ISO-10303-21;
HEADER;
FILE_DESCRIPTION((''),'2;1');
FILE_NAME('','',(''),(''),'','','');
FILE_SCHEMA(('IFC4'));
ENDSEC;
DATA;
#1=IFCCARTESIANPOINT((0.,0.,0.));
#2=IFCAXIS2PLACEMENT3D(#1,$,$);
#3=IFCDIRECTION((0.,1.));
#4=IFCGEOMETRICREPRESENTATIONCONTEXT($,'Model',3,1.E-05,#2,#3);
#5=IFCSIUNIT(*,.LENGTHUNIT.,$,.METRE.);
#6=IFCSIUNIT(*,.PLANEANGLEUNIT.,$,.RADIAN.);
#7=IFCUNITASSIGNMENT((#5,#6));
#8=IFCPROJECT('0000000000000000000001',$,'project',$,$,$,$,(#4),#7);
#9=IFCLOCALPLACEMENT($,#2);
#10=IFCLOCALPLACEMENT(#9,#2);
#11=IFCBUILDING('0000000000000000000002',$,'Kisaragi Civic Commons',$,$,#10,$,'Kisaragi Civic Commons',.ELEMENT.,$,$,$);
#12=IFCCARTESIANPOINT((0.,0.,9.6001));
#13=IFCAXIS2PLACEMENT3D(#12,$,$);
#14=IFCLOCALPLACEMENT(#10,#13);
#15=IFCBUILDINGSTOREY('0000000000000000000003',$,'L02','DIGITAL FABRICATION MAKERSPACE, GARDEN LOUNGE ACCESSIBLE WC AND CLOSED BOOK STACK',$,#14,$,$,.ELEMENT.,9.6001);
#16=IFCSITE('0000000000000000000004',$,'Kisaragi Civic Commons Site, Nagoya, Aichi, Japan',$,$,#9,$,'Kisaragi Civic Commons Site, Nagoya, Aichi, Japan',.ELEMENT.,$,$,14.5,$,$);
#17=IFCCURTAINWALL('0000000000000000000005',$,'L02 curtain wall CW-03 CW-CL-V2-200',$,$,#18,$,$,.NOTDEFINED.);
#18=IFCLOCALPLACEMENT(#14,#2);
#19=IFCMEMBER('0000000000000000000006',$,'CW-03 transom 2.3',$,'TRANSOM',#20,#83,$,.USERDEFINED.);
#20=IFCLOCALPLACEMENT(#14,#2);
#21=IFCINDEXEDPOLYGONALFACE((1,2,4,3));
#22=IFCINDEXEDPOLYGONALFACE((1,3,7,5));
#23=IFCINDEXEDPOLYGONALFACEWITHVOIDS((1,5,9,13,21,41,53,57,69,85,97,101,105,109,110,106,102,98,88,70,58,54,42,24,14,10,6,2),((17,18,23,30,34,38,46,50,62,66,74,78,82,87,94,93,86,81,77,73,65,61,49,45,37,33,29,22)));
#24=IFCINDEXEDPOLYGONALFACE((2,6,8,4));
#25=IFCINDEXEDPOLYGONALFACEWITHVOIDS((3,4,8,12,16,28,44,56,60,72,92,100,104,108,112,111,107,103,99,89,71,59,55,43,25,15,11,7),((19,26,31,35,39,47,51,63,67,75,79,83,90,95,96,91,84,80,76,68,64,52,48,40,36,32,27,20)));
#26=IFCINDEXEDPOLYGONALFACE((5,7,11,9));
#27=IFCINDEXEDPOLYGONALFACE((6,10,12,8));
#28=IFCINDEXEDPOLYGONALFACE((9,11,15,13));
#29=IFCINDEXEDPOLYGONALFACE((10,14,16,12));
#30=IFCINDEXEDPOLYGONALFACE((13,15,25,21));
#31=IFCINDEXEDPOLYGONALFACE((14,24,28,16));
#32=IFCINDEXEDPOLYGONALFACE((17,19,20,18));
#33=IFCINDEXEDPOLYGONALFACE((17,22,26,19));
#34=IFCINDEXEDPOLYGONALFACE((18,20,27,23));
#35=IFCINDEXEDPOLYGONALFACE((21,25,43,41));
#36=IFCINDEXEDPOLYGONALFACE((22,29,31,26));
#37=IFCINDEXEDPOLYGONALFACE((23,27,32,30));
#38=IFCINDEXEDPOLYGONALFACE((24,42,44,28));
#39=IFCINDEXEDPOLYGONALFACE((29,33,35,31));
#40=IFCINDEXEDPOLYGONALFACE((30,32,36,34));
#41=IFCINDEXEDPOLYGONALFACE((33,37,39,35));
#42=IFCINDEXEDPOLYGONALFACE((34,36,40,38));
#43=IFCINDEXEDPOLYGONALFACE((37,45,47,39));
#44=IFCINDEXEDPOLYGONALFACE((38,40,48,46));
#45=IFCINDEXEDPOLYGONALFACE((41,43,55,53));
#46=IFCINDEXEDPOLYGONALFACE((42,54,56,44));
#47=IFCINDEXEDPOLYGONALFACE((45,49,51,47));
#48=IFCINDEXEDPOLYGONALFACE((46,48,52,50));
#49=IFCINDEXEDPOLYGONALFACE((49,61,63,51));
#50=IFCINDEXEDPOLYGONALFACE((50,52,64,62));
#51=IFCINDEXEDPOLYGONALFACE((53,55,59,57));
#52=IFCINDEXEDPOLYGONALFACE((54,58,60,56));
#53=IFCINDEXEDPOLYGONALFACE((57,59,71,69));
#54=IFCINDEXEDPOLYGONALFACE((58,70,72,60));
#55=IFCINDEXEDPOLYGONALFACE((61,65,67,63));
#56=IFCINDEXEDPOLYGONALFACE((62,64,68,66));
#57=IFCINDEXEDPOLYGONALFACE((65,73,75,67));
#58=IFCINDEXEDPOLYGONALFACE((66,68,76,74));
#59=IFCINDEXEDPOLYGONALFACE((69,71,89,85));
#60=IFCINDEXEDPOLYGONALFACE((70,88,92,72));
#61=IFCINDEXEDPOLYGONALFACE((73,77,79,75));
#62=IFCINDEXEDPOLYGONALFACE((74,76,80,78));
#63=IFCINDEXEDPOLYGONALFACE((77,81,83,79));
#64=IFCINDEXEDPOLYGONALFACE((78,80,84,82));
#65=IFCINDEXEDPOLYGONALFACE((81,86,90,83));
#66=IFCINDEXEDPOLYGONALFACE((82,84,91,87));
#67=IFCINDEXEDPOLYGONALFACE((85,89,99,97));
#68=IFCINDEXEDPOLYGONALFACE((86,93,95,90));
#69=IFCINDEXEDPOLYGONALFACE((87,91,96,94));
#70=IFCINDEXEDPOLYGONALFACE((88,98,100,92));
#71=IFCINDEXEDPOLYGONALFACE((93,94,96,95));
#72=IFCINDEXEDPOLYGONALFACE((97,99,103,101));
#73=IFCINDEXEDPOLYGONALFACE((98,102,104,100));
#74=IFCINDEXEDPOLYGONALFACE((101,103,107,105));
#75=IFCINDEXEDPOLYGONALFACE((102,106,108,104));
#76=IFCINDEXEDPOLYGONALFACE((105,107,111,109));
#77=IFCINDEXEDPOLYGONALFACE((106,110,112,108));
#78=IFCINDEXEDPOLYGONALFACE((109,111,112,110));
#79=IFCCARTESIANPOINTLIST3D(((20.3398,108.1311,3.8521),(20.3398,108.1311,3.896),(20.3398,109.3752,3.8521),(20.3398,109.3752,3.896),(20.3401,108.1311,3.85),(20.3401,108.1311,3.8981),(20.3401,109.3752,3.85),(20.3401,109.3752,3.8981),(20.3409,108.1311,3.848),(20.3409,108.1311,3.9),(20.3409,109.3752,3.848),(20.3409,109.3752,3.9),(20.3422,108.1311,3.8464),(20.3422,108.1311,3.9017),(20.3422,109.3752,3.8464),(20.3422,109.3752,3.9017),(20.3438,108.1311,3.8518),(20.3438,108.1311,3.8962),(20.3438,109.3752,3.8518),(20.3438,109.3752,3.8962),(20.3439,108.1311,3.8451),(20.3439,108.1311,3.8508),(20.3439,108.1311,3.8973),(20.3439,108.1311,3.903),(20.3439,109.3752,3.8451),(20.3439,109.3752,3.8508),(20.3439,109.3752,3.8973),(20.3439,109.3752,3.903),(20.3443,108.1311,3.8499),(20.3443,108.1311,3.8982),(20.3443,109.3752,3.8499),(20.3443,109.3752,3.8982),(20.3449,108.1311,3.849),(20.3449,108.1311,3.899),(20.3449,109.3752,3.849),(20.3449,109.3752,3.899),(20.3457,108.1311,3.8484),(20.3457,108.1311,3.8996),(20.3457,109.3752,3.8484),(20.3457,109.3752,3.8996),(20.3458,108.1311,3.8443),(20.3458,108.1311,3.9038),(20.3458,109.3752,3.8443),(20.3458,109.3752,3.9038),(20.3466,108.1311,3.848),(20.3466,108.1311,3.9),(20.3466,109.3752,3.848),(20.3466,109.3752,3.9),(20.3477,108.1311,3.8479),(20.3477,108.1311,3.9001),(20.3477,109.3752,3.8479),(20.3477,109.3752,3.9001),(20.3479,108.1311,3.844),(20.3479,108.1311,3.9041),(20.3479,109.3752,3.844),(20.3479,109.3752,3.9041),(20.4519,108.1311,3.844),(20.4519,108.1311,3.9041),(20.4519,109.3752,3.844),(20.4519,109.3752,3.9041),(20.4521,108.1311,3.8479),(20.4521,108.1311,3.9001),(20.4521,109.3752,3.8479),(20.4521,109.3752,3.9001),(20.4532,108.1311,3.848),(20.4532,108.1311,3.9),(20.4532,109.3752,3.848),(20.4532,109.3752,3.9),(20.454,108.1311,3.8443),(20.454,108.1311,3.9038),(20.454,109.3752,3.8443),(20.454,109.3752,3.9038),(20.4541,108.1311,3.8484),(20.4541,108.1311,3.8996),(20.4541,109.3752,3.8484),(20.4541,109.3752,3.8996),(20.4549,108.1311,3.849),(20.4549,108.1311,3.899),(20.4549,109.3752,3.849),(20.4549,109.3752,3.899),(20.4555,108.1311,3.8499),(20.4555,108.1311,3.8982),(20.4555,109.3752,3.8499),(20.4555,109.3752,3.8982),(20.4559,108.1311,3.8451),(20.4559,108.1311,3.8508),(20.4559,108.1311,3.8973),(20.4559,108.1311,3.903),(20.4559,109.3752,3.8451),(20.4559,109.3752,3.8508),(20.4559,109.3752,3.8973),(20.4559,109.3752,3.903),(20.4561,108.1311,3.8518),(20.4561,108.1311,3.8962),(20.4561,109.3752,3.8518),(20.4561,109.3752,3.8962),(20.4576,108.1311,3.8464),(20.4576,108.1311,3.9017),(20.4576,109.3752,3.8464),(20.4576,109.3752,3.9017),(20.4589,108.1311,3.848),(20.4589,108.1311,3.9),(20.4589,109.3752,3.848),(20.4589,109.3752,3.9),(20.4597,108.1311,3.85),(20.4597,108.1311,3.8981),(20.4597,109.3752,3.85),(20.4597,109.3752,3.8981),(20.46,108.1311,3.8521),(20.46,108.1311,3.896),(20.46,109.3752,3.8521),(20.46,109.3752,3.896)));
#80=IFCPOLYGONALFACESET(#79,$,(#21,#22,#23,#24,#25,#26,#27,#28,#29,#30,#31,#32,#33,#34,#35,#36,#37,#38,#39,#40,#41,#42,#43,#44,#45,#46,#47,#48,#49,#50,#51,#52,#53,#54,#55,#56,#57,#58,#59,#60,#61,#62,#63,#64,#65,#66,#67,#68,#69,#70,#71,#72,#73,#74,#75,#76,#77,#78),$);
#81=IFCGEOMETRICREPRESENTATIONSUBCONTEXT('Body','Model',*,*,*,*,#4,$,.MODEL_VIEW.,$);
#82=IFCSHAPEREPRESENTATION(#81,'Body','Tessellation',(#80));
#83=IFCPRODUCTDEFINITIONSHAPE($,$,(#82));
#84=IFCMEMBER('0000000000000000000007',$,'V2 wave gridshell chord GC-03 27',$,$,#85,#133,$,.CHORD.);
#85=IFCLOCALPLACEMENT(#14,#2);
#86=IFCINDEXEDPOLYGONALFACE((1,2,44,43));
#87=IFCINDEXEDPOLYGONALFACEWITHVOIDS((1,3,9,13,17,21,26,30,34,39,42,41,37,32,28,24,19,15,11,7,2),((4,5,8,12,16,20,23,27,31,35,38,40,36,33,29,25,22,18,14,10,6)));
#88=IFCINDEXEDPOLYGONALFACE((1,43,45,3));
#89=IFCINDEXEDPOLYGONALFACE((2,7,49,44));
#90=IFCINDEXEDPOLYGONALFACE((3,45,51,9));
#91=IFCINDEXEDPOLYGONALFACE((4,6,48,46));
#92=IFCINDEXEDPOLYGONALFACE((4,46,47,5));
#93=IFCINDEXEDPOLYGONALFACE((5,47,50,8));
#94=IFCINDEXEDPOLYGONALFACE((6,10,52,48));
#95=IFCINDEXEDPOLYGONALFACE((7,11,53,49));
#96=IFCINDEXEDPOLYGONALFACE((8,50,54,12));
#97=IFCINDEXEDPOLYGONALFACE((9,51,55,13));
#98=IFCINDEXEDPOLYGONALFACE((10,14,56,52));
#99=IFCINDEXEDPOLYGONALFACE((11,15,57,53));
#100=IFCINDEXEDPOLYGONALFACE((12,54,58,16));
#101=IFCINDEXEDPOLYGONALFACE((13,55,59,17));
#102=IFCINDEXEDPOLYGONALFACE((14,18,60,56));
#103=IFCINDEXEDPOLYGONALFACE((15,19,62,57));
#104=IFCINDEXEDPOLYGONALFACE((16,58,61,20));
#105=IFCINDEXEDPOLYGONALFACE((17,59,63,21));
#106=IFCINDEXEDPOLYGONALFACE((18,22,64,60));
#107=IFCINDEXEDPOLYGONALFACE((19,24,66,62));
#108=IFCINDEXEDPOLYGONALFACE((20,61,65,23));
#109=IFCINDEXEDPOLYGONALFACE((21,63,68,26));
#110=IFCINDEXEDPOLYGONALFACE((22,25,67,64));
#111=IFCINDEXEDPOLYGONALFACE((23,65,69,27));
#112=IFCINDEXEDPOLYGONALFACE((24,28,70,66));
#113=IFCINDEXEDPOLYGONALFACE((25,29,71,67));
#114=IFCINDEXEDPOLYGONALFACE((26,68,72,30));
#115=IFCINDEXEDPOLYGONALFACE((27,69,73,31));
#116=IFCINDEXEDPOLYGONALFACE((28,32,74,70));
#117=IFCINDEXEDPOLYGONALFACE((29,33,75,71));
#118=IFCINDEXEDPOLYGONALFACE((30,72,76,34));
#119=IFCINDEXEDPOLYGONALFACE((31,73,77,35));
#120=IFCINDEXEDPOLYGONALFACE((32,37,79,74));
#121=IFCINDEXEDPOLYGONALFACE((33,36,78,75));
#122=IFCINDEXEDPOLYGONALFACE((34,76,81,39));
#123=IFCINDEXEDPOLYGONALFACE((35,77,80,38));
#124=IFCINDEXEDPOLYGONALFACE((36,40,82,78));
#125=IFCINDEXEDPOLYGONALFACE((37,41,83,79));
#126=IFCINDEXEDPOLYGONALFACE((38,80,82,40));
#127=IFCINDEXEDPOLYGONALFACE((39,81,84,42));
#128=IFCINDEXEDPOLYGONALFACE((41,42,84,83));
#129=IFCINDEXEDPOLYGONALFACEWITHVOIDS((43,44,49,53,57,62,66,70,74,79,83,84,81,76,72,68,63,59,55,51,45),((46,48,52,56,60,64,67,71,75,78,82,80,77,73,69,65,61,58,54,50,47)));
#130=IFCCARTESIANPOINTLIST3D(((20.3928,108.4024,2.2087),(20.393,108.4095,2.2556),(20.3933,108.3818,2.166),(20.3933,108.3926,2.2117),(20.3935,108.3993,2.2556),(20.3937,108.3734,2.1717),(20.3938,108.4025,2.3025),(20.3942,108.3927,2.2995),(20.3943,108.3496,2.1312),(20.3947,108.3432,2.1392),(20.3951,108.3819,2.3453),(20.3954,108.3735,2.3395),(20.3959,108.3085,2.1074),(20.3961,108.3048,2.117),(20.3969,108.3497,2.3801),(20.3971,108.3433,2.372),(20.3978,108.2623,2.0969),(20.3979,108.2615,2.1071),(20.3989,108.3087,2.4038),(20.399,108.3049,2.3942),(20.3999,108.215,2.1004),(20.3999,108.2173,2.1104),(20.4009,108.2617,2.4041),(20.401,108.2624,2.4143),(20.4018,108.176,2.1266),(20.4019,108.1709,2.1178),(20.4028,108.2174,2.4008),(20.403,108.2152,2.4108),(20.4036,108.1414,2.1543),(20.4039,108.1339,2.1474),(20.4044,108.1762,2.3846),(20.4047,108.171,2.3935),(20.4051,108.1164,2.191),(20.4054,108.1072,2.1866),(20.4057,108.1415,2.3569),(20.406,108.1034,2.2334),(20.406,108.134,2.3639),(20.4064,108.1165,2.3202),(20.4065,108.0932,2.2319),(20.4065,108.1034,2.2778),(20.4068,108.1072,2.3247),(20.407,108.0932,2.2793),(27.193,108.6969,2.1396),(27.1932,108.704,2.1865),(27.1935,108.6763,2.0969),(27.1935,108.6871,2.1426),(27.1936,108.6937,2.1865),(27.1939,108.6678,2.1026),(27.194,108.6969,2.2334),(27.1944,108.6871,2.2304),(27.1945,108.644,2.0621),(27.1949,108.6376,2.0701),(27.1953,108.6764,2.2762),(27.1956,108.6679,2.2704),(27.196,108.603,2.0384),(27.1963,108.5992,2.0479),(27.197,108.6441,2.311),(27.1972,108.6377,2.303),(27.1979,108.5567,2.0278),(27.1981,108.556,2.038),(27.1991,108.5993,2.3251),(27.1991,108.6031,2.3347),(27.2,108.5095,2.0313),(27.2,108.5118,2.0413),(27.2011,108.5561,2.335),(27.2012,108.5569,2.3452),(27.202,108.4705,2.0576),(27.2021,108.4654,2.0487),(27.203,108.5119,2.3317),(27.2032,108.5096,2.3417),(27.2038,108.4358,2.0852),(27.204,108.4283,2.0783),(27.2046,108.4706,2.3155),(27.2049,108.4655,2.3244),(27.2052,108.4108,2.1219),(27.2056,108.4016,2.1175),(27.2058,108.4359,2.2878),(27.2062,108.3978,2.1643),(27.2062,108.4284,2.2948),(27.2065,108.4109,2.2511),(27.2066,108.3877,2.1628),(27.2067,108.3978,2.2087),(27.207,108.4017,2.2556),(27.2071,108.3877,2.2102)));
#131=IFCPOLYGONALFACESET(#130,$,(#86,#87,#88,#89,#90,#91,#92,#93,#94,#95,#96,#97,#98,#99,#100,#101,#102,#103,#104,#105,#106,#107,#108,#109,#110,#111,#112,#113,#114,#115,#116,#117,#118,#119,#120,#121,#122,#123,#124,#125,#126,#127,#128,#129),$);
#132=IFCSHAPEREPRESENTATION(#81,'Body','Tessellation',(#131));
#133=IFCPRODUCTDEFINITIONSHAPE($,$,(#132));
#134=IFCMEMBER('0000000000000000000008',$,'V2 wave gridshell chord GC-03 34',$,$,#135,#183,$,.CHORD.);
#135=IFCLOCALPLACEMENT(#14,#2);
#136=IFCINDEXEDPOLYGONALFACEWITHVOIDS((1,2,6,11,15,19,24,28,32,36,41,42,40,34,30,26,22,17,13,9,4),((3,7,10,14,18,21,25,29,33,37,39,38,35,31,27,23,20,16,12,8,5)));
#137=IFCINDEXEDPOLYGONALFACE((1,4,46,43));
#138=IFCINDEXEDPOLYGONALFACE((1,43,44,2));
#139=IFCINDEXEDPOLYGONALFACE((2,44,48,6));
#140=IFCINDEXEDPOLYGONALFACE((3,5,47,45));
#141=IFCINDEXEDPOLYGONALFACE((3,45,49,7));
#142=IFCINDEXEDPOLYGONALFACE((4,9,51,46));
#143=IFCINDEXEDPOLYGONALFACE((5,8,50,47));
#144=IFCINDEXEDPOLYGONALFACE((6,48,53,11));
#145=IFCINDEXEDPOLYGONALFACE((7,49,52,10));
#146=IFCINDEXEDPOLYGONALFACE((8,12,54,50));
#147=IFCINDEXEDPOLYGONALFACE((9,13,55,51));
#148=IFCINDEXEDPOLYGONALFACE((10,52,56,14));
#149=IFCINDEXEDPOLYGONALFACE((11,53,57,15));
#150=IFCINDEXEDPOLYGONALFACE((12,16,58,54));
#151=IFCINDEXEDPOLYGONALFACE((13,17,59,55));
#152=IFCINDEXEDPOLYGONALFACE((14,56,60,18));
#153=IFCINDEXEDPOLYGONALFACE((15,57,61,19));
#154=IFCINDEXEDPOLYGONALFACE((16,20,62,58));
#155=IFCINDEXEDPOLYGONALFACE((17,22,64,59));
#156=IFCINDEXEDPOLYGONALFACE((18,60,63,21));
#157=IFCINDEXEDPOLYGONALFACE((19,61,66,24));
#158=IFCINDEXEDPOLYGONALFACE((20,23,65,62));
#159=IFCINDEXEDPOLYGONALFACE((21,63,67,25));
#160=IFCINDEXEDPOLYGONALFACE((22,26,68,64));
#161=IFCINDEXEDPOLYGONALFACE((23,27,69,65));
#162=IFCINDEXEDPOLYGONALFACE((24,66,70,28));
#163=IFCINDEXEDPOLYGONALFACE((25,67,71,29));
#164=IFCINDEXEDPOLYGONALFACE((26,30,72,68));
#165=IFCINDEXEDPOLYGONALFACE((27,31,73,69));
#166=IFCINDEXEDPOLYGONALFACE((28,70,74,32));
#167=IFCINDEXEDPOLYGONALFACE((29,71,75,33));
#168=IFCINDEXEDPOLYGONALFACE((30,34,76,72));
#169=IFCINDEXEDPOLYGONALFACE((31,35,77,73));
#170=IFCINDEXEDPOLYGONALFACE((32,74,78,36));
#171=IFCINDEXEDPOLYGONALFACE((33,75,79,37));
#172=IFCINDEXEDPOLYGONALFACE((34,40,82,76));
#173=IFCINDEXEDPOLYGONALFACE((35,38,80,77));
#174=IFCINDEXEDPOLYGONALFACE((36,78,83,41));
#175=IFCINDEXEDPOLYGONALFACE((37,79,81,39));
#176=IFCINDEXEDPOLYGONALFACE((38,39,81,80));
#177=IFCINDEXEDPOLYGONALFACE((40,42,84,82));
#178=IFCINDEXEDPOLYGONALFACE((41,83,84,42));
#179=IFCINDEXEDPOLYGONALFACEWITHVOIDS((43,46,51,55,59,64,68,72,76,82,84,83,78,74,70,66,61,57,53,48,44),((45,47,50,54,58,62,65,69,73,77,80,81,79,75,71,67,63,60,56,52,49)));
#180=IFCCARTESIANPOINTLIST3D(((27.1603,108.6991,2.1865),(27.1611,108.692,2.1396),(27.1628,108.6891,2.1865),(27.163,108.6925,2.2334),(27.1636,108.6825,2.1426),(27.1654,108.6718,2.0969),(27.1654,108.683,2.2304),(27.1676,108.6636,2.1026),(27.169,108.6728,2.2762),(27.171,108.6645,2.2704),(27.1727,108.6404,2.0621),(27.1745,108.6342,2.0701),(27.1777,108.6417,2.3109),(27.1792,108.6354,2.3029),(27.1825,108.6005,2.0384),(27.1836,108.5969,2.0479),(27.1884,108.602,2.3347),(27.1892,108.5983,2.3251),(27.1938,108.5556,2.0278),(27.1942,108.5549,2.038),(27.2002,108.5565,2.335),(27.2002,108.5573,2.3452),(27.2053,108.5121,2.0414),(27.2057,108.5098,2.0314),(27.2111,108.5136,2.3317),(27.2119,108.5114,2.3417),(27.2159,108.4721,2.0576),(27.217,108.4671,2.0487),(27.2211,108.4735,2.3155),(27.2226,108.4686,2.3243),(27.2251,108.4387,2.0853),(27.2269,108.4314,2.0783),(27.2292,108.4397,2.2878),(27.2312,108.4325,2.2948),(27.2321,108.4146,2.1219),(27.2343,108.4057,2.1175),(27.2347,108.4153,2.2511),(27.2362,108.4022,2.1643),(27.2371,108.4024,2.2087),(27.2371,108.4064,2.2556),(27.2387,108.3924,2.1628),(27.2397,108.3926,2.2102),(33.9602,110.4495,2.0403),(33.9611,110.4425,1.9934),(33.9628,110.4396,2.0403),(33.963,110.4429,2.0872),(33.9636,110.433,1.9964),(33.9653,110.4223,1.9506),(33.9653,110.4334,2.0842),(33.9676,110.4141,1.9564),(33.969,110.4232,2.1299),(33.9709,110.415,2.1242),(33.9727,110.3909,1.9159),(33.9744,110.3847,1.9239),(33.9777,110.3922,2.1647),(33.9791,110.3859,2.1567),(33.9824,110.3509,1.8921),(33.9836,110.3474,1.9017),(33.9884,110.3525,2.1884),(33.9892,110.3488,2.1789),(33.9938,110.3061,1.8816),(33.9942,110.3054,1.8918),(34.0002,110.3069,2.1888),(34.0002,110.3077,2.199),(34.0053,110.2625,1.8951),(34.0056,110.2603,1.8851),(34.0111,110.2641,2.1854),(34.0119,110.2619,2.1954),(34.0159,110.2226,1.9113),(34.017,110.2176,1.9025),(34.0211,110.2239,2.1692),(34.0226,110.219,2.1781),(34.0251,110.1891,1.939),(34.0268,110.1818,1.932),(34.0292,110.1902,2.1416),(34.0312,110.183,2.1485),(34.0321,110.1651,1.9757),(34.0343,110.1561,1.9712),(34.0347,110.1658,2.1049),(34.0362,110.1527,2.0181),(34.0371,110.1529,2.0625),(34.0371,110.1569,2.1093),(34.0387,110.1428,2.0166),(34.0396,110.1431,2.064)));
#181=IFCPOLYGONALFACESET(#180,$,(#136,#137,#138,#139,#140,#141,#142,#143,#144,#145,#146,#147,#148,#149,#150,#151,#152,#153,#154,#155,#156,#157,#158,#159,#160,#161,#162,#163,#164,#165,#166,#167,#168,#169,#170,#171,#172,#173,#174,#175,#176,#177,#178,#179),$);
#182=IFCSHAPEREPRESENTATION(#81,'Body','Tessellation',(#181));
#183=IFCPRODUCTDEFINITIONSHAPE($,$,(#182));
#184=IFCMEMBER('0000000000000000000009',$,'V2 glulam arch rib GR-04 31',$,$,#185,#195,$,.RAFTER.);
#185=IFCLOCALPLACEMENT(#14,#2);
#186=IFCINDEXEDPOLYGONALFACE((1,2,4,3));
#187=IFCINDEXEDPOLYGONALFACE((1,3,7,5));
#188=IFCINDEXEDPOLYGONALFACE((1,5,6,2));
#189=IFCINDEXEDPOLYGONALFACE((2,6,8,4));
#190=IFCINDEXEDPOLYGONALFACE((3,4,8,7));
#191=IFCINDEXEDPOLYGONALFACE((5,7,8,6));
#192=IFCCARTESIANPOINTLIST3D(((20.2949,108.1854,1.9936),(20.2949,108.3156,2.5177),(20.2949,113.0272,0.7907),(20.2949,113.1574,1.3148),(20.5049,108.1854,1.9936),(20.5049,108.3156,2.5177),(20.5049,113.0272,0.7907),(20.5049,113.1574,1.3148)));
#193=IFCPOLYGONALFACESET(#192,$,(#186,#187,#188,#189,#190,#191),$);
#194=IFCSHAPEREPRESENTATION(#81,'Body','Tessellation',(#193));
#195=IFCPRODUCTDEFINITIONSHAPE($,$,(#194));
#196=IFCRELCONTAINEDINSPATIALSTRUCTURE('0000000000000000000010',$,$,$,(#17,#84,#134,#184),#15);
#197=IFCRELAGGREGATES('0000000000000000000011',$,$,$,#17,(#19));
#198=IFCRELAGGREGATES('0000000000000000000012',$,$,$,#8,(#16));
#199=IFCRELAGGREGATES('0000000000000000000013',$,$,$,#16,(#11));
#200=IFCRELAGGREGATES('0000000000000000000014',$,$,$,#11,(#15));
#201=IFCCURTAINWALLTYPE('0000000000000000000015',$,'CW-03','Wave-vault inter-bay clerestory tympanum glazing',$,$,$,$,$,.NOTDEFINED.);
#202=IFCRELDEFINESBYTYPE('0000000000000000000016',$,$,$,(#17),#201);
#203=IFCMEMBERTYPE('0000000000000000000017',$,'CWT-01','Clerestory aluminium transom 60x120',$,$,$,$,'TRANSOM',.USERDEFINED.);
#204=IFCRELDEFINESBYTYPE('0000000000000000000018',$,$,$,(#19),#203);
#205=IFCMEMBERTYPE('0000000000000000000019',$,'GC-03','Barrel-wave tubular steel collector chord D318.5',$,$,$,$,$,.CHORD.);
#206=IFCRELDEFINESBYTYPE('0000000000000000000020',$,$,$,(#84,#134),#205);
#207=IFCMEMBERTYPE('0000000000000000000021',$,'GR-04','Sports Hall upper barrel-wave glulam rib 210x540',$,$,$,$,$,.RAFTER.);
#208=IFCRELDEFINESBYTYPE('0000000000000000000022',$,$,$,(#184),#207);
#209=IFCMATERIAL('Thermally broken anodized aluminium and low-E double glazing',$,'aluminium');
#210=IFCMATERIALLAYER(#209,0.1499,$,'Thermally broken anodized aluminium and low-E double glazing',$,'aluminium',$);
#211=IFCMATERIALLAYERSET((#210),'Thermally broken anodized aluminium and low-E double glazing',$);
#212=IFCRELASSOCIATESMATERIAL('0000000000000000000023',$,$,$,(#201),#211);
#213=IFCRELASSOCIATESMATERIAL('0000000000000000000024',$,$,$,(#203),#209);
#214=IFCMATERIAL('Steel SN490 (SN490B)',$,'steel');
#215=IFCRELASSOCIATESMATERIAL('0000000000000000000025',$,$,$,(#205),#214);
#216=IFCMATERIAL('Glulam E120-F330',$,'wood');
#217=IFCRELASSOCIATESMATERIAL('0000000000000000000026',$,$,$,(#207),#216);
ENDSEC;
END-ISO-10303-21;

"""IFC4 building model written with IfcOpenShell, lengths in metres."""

from ifc_helpers import new_model, si_unit, direction, frame, origin, origin_2d, place, context, subcontext, project, spatial, rectangle, hollow_rectangle, hollow_circle, extrude, material, layer, layer_set, material_profile, profile_set, type_object, element, aggregate, save


model = new_model("IFC4")

# Units and contexts
model_context = context("Model", 3, precision=1e-05, world=origin(), true_north=direction((0.0, 1.0)))
body_context = subcontext(model_context, "Body", "Model", "MODEL_VIEW")
ifc_project = project(units=[si_unit("LENGTHUNIT", "METRE"), si_unit("PLANEANGLEUNIT", "RADIAN")], contexts=[model_context])

# Site, building, storey
site_placement = place(None, origin())
site = spatial("IfcSite", under=ifc_project, at=site_placement, Name="Kisaragi Civic Commons Site, Nagoya, Aichi, Japan", LongName="Kisaragi Civic Commons Site, Nagoya, Aichi, Japan", CompositionType="ELEMENT", RefElevation=14.5)
building_placement = place(site_placement, origin())
building = spatial("IfcBuilding", under=site, at=building_placement, Name="Kisaragi Civic Commons", LongName="Kisaragi Civic Commons", CompositionType="ELEMENT")
storey_placement = place(building_placement, frame((0.0, 0.0, 9.6001)))
storey = spatial("IfcBuildingStorey", under=building, at=storey_placement, Name="L02", Description="DIGITAL FABRICATION MAKERSPACE, GARDEN LOUNGE ACCESSIBLE WC AND CLOSED BOOK STACK", CompositionType="ELEMENT", Elevation=9.6001)

# Curtain wall, member
ifc_material_1 = material(Name="Thermally broken anodized aluminium and low-E double glazing", Category="aluminium")
ifc_layer_1 = layer(ifc_material_1, 0.1499, Name="Thermally broken anodized aluminium and low-E double glazing", Category="aluminium")
ifc_layer_set_1 = layer_set([ifc_layer_1], Name="Thermally broken anodized aluminium and low-E double glazing")
curtain_wall_type = type_object("IfcCurtainWallType", Name="CW-03", Description="Wave-vault inter-bay clerestory tympanum glazing", PredefinedType="NOTDEFINED", material=ifc_layer_set_1)
curtain_wall_placement = place(storey_placement, origin())
curtain_wall = element("IfcCurtainWall", 1, at=curtain_wall_placement, inside=storey, type_object=curtain_wall_type, Name="L02 curtain wall CW-03 CW-CL-V2-200", PredefinedType="NOTDEFINED")
ifc_material_profile_1 = material_profile(ifc_material_1, hollow_rectangle(XDim=0.1201, YDim=0.0601, WallThickness=0.0039, InnerFilletRadius=0.0039, OuterFilletRadius=0.0081, at=origin_2d()), Name="CWT-60x120x4", Category="aluminium")
ifc_profile_set_1 = profile_set([ifc_material_profile_1], Name="Thermally broken anodized aluminium and low-E double glazing")
member_type_1 = type_object("IfcMemberType", Name="CWT-01", Description="Clerestory aluminium transom 60x120", ElementType="TRANSOM", PredefinedType="USERDEFINED", material=ifc_profile_set_1)
member_1_placement = place(storey_placement, frame((20.3999, 108.1311, 3.874), z_axis=(0.0, 1.0, 0.0), x_axis=(-1.0, 0.0, 0.0)))
member_1 = element("IfcMember", 2, at=member_1_placement, type_object=member_type_1, Name="CW-03 transom 2.3", ObjectType="TRANSOM", PredefinedType="USERDEFINED", context=body_context, shape_type="SweptSolid", body=[
    extrude(hollow_rectangle(XDim=0.1201, YDim=0.0601, WallThickness=0.0039, InnerFilletRadius=0.0039, OuterFilletRadius=0.0081, at=origin_2d()), origin(), (0.0, 0.0, 1.0), 1.2441),
])

# Members
ifc_material_2 = material(Name="Steel SN490 (SN490B)", Category="steel")
ifc_material_profile_2 = material_profile(ifc_material_2, hollow_circle(Radius=0.1592, WallThickness=0.0103, at=origin_2d()), Name="CHS-318.5x10.3", Category="steel")
ifc_profile_set_2 = profile_set([ifc_material_profile_2], Name="Steel SN490 (SN490B)")
member_type_2 = type_object("IfcMemberType", Name="GC-03", Description="Barrel-wave tubular steel collector chord D318.5", PredefinedType="CHORD", material=ifc_profile_set_2)
member_2_placement = place(storey_placement, frame((20.3999, 108.2505, 2.2556), z_axis=(0.999012, 0.043256, -0.01015), x_axis=(-0.043258, 0.999064, 0.0)))
element("IfcMember", 3, at=member_2_placement, inside=storey, type_object=member_type_2, Name="V2 wave gridshell chord GC-03 27", PredefinedType="CHORD", context=body_context, shape_type="SweptSolid", body=[
    extrude(hollow_circle(Radius=0.1592, WallThickness=0.0103, at=origin_2d()), origin(), (0.0, 0.0, 1.0), 6.8069),
])
member_3_placement = place(storey_placement, frame((27.2, 108.5449, 2.1865), z_axis=(0.968218, 0.249241, -0.020822), x_axis=(-0.249295, 0.968427, 0.0)))
element("IfcMember", 4, at=member_3_placement, inside=storey, type_object=member_type_2, Name="V2 wave gridshell chord GC-03 34", PredefinedType="CHORD", context=body_context, shape_type="SweptSolid", body=[
    extrude(hollow_circle(Radius=0.1592, WallThickness=0.0103, at=origin_2d()), origin(), (0.0, 0.0, 1.0), 7.0232),
])
ifc_material_3 = material(Name="Glulam E120-F330", Category="wood")
ifc_material_profile_3 = material_profile(ifc_material_3, rectangle(XDim=0.21, YDim=0.54, at=origin_2d()), Name="GL-210x540", Category="wood")
ifc_profile_set_3 = profile_set([ifc_material_profile_3], Name="Glulam E120-F330")
member_type_3 = type_object("IfcMemberType", Name="GR-04", Description="Sports Hall upper barrel-wave glulam rib 210x540", PredefinedType="RAFTER", material=ifc_profile_set_3)
member_4_placement = place(storey_placement, frame((20.3999, 108.2505, 2.2556), z_axis=(0.0, 0.970498, -0.241108), x_axis=(-1.0, 0.0, 0.0)))
element("IfcMember", 5, at=member_4_placement, inside=storey, type_object=member_type_3, Name="V2 glulam arch rib GR-04 31", PredefinedType="RAFTER", context=body_context, shape_type="SweptSolid", body=[
    extrude(rectangle(XDim=0.21, YDim=0.54, at=origin_2d()), origin(), (0.0, 0.0, 1.0), 4.989),
])

aggregate(curtain_wall, [member_1])

save(model, "model.ifc")
